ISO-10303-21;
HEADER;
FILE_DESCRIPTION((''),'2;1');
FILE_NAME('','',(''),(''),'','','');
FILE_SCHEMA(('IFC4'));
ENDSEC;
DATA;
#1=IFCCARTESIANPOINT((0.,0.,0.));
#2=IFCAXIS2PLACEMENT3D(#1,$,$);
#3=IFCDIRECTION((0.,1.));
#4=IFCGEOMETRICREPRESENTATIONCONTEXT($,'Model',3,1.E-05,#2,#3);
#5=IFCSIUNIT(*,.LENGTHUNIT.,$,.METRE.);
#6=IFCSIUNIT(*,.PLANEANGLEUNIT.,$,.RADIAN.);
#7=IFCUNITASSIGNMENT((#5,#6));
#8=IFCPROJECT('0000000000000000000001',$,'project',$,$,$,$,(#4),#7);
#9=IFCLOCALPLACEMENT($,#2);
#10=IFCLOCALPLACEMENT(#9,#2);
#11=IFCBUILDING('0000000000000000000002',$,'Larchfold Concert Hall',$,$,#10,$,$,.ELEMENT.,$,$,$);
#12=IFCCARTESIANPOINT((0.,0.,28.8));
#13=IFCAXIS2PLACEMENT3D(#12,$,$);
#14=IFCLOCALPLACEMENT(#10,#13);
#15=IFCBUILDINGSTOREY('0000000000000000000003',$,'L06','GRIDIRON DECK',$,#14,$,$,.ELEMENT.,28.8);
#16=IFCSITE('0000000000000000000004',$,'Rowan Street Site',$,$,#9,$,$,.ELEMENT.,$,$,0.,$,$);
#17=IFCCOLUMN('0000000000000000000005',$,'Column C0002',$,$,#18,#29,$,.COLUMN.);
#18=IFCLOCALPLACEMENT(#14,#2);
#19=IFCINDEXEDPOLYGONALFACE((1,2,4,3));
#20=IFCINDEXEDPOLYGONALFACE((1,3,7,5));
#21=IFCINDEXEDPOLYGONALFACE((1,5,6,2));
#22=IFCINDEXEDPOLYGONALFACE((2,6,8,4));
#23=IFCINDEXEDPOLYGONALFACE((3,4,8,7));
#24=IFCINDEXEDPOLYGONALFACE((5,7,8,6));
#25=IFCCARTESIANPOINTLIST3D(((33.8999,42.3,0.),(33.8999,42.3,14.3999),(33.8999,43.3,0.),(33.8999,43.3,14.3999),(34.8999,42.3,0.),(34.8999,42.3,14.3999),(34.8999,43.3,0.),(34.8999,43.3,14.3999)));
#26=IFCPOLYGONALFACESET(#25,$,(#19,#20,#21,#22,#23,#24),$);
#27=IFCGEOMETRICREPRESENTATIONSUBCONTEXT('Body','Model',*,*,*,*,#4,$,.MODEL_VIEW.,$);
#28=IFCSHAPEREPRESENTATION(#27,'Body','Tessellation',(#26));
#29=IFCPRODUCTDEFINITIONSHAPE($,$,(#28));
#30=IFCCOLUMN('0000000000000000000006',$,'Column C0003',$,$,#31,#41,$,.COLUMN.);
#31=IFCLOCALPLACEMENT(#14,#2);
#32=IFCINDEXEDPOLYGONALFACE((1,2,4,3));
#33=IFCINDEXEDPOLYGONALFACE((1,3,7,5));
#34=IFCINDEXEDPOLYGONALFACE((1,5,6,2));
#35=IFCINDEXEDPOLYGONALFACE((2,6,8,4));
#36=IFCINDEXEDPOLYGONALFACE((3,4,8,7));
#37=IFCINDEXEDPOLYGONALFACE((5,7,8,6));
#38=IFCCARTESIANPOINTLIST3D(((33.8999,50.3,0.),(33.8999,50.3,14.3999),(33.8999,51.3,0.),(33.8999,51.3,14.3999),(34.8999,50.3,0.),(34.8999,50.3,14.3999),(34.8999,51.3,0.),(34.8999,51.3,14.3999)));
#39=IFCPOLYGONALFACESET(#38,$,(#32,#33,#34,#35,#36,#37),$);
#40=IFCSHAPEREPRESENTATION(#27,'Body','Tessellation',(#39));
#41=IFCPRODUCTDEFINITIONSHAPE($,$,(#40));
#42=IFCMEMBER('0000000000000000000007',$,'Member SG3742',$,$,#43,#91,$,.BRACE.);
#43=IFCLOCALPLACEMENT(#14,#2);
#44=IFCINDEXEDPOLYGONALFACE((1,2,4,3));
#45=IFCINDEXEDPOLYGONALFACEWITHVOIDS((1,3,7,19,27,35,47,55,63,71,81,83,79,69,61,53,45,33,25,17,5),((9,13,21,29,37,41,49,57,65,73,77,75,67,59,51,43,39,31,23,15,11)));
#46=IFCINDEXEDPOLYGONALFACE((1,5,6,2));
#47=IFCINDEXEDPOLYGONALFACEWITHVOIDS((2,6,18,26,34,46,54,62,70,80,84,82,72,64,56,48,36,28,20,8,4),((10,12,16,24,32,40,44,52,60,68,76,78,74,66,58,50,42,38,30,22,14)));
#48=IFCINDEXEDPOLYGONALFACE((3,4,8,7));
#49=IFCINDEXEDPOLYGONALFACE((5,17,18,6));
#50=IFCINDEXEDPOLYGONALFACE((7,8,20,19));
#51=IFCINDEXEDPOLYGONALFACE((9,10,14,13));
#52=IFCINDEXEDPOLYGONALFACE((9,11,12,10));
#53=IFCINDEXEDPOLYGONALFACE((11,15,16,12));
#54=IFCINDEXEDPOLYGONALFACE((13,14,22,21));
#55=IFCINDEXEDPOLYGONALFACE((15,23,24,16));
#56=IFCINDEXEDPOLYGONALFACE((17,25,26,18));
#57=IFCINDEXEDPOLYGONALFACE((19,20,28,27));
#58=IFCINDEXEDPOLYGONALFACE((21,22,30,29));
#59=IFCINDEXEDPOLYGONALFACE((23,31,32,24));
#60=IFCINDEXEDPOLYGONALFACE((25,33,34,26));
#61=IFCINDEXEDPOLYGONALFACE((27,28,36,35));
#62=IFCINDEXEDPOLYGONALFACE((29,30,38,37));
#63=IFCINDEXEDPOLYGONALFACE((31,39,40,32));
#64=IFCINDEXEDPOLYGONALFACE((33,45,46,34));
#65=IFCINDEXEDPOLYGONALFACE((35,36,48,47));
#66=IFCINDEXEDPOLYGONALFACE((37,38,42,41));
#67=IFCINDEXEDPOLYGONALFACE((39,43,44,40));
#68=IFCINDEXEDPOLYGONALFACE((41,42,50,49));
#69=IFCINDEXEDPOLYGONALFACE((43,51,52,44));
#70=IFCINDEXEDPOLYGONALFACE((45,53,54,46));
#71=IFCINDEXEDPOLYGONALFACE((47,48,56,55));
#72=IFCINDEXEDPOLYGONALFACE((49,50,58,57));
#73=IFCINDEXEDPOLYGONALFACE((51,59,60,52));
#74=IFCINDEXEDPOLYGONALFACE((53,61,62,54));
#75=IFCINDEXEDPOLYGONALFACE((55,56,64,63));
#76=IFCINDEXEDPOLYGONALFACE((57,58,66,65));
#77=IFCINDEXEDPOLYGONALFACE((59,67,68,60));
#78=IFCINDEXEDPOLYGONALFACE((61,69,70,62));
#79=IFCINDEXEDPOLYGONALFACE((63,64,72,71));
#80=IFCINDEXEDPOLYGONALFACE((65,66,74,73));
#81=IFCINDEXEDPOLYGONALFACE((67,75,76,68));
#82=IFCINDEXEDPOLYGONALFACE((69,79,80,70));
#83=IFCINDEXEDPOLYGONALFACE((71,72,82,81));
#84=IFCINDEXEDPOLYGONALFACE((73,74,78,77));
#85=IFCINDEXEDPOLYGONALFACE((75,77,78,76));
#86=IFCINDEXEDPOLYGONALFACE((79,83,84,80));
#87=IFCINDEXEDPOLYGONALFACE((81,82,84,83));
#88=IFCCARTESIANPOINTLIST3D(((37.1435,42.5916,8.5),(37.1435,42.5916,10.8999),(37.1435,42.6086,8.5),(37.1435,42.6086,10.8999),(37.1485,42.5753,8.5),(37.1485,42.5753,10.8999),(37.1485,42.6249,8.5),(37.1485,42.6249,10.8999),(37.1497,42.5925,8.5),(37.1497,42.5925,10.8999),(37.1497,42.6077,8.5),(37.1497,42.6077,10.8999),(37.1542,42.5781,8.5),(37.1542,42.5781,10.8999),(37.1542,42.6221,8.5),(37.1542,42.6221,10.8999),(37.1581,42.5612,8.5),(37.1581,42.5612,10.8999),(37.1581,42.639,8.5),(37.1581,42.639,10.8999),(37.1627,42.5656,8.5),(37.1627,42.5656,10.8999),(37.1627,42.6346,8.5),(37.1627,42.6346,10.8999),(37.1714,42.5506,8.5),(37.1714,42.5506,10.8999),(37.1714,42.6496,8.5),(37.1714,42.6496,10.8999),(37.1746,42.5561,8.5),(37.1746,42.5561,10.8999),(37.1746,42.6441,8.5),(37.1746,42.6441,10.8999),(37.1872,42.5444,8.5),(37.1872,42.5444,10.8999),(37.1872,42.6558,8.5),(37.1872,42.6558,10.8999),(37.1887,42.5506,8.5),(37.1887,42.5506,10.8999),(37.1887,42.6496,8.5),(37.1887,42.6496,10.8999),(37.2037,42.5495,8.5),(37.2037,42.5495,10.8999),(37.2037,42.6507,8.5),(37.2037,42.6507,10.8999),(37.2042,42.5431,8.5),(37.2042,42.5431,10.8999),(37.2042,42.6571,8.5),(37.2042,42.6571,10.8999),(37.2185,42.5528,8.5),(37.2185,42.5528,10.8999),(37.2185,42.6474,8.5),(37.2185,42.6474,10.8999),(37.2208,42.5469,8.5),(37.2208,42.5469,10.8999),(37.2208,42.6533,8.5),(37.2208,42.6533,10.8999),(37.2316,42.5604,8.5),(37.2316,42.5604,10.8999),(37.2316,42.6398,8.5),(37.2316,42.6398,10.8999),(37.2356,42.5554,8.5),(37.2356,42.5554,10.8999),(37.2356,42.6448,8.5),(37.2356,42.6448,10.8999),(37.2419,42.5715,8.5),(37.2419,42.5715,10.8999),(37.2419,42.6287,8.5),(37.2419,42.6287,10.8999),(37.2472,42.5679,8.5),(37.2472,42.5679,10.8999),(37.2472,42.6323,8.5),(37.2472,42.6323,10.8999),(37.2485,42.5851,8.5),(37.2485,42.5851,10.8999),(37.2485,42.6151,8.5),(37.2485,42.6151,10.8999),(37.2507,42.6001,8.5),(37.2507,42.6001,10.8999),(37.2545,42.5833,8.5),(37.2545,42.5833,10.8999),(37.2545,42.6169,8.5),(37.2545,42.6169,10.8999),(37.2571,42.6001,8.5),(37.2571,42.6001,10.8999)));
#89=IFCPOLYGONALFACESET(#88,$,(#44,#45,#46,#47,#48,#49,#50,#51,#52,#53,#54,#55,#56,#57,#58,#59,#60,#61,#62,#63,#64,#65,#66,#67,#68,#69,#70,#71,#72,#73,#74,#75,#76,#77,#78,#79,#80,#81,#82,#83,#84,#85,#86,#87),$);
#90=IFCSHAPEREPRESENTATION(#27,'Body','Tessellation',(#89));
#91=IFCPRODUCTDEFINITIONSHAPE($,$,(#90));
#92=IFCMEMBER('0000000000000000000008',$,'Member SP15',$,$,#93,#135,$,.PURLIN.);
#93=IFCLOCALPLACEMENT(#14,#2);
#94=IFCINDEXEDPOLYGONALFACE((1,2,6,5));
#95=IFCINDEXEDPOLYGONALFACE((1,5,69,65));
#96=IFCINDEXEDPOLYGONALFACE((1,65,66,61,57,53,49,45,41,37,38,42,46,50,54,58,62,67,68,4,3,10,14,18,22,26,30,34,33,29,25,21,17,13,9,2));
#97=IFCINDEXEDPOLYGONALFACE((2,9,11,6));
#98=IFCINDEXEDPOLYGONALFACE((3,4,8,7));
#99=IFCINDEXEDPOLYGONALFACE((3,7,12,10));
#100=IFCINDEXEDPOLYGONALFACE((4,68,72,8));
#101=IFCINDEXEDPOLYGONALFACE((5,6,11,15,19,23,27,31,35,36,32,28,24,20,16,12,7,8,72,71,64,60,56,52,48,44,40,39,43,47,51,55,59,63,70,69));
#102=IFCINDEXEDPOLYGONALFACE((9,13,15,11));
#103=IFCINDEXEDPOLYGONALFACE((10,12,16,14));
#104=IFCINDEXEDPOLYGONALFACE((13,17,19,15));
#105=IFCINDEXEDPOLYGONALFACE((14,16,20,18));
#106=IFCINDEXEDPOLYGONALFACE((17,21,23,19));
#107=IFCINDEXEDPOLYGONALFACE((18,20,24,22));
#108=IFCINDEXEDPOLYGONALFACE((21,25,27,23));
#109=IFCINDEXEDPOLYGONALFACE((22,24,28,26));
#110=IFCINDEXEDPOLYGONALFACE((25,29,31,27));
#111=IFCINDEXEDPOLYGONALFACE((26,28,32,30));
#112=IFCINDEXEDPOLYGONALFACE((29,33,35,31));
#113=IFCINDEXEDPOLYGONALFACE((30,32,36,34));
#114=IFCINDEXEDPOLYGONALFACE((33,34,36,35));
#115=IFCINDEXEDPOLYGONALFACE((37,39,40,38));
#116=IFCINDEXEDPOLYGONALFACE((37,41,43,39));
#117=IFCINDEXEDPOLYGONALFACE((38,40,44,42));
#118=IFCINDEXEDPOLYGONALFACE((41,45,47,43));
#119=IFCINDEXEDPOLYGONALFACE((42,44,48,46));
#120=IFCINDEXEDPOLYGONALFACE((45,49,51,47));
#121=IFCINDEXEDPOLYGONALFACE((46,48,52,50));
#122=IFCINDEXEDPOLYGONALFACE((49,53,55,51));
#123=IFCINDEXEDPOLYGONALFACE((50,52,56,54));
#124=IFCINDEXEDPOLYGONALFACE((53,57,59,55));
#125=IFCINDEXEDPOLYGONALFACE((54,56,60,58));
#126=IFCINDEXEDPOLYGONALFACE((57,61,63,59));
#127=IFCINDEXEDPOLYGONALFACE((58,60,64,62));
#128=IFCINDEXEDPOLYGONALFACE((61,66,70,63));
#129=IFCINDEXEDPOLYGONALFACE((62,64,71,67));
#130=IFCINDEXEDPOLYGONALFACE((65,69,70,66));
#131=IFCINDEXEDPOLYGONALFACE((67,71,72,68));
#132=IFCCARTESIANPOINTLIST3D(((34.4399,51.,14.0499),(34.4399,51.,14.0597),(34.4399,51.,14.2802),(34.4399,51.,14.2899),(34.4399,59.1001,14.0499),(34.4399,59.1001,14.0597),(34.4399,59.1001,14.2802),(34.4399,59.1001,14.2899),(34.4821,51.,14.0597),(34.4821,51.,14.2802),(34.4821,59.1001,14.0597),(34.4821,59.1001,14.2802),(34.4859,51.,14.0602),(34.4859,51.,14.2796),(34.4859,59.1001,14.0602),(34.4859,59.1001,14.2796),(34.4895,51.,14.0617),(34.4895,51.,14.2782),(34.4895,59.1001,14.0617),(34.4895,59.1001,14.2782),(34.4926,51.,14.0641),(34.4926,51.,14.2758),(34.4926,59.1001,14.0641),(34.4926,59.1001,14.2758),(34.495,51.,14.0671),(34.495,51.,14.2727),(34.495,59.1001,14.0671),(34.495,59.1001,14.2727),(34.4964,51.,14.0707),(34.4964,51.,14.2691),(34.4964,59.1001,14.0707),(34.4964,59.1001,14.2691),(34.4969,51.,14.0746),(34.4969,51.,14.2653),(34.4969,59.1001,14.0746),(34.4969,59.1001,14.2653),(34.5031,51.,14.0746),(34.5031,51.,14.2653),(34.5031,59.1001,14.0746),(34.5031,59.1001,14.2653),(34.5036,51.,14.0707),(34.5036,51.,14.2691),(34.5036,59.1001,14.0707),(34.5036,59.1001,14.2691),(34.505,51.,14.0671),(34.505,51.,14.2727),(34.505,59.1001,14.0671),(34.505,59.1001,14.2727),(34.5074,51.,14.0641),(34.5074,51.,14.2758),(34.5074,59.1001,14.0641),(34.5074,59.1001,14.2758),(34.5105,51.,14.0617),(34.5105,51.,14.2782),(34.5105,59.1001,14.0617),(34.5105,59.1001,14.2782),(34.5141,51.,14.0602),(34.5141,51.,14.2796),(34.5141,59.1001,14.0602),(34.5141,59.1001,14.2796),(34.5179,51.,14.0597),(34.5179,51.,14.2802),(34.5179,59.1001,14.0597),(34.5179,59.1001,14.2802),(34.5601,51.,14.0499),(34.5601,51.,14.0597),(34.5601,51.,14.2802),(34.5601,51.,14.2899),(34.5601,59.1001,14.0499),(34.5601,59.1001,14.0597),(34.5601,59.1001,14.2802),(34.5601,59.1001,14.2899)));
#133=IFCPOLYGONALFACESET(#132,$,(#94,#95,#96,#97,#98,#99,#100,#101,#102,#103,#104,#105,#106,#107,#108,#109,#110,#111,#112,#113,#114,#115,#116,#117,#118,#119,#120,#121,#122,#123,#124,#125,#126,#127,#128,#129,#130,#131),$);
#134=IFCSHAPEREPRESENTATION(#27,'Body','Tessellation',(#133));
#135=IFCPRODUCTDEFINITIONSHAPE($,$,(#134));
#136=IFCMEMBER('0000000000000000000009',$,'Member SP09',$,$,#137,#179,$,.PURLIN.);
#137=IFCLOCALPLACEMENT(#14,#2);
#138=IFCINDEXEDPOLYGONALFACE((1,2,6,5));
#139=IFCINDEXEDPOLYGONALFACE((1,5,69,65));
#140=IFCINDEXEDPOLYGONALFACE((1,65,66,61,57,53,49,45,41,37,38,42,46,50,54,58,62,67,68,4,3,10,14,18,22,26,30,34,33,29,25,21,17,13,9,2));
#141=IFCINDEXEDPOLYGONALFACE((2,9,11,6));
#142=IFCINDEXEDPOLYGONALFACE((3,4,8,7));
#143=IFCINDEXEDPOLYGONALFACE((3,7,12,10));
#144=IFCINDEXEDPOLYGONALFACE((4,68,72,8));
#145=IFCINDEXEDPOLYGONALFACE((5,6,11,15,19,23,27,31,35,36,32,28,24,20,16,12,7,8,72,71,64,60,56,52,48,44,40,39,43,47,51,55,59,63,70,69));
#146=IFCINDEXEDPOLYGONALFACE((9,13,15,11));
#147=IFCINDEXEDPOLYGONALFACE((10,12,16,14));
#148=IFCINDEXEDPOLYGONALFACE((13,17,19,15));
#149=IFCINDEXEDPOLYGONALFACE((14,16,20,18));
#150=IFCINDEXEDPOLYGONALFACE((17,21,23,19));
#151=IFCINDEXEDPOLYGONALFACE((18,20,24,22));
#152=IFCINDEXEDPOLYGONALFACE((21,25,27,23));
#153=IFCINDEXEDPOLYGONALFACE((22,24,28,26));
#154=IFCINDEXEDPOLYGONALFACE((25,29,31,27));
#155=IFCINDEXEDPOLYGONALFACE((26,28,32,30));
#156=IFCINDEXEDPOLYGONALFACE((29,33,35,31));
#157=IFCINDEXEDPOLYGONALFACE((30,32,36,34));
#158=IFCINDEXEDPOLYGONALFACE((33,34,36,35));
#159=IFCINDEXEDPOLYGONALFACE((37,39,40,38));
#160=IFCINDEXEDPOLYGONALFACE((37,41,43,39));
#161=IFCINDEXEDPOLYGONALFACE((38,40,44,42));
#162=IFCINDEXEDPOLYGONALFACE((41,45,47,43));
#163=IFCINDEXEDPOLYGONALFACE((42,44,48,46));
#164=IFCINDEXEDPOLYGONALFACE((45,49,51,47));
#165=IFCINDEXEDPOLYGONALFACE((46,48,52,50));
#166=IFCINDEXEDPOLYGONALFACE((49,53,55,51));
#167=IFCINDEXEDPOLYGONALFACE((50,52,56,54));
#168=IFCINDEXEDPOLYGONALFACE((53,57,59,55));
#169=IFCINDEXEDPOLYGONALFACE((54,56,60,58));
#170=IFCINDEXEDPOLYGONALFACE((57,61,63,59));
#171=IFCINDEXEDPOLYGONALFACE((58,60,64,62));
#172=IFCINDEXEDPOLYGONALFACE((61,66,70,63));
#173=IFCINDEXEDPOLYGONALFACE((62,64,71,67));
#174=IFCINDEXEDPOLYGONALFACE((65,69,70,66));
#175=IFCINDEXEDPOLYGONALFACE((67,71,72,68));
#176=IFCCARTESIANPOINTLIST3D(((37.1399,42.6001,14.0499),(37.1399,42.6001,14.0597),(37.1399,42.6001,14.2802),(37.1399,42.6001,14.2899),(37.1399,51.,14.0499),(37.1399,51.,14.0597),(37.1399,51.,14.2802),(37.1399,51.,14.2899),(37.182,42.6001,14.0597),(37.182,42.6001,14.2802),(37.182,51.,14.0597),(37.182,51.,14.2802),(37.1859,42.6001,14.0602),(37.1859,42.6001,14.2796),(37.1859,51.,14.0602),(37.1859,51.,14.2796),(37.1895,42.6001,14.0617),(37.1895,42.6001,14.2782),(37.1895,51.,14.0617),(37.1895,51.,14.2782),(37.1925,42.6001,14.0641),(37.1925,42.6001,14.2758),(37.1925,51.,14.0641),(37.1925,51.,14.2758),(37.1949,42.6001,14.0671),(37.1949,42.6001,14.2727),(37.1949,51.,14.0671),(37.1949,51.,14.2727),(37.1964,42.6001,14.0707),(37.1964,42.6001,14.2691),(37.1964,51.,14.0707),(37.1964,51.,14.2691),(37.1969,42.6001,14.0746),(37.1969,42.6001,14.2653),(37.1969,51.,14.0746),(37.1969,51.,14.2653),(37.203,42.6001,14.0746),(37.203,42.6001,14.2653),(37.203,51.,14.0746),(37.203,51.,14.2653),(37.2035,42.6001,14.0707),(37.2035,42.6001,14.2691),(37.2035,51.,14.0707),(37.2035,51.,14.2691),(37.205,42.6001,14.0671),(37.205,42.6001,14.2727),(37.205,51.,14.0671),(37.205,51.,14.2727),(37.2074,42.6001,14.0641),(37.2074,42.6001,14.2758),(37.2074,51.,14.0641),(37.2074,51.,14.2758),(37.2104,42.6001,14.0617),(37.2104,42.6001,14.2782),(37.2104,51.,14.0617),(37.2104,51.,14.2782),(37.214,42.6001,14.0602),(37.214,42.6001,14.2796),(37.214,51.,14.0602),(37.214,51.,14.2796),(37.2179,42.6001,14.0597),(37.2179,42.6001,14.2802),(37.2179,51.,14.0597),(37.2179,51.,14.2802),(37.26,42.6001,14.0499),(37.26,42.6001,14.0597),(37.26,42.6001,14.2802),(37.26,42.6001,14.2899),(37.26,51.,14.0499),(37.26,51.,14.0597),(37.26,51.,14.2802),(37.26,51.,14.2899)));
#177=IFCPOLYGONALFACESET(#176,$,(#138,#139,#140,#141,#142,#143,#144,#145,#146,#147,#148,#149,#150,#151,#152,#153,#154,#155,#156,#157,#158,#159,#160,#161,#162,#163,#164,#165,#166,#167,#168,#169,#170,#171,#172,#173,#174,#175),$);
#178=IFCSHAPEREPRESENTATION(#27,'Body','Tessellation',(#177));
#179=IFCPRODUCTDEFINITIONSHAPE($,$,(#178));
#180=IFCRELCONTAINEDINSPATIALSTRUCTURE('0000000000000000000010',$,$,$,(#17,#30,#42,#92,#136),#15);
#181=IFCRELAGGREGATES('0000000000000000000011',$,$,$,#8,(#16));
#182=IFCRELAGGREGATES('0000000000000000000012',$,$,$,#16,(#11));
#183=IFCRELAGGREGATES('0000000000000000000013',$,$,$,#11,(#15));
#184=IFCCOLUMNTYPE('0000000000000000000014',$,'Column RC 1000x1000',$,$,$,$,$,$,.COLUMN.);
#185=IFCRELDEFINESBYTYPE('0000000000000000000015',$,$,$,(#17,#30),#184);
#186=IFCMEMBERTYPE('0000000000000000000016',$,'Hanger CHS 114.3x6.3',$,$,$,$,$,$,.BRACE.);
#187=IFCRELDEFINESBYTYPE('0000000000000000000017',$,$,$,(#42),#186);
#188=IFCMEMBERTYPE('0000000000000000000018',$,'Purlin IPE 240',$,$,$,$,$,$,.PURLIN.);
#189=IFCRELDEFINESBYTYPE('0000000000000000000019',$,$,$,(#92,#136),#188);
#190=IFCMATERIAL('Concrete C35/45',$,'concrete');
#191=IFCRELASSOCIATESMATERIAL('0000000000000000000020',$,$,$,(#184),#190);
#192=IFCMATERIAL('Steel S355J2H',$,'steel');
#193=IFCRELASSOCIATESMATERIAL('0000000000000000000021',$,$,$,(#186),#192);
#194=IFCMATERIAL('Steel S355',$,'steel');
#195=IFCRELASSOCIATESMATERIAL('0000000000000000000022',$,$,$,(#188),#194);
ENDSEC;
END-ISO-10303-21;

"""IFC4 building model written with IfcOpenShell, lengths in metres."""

from ifc_helpers import new_model, si_unit, direction, frame, origin, origin_2d, place, context, subcontext, project, spatial, rectangle, hollow_circle, i_section, extrude, material, material_profile, profile_set, type_object, element, save


model = new_model("IFC4")

# Units and contexts
model_context = context("Model", 3, precision=1e-05, world=origin(), true_north=direction((0.0, 1.0)))
body_context = subcontext(model_context, "Body", "Model", "MODEL_VIEW")
ifc_project = project(units=[si_unit("LENGTHUNIT", "METRE"), si_unit("PLANEANGLEUNIT", "RADIAN")], contexts=[model_context])

# Site, building, storey
site_placement = place(None, origin())
site = spatial("IfcSite", under=ifc_project, at=site_placement, Name="Rowan Street Site", CompositionType="ELEMENT", RefElevation=0.0)
building_placement = place(site_placement, origin())
building = spatial("IfcBuilding", under=site, at=building_placement, Name="Larchfold Concert Hall", CompositionType="ELEMENT")
storey_placement = place(building_placement, frame((0.0, 0.0, 28.8)))
storey = spatial("IfcBuildingStorey", under=building, at=storey_placement, Name="L06", Description="GRIDIRON DECK", CompositionType="ELEMENT", Elevation=28.8)

# Columns
ifc_material_1 = material(Name="Concrete C35/45", Category="concrete")
ifc_material_profile_1 = material_profile(ifc_material_1, rectangle(XDim=1.0, YDim=1.0, at=origin_2d()))
ifc_profile_set_1 = profile_set([ifc_material_profile_1], Name="Concrete C35/45")
column_type = type_object("IfcColumnType", Name="Column RC 1000x1000", PredefinedType="COLUMN", material=ifc_profile_set_1)
for number, where, z_axis, x_axis, name in (
    (1, (34.3999, 42.8, 0.0), (0.0, 0.0, 1.0), (1.0, 0.0, 0.0), "Column C0002"),
    (2, (34.3999, 50.8, 0.0), (0.0, 0.0, 1.0), (1.0, 0.0, 0.0), "Column C0003"),
):
    element("IfcColumn", number, at=place(storey_placement, frame(where, z_axis=z_axis, x_axis=x_axis)), inside=storey, type_object=column_type, Name=name, PredefinedType="COLUMN", context=body_context, shape_type="SweptSolid", body=[
        extrude(rectangle(XDim=1.0, YDim=1.0, at=origin_2d()), origin(), (0.0, 0.0, 1.0), 14.3999),
    ])

# Members
ifc_material_2 = material(Name="Steel S355J2H", Category="steel")
ifc_material_profile_2 = material_profile(ifc_material_2, hollow_circle(Radius=0.0571, WallThickness=0.0063, at=origin_2d()))
ifc_profile_set_2 = profile_set([ifc_material_profile_2], Name="Steel S355J2H")
member_type_1 = type_object("IfcMemberType", Name="Hanger CHS 114.3x6.3", PredefinedType="BRACE", material=ifc_profile_set_2)
member_1_placement = place(storey_placement, frame((37.2, 42.6001, 8.5), z_axis=(0.0, 0.0, 1.0), x_axis=(1.0, 0.0, 0.0)))
element("IfcMember", 3, at=member_1_placement, inside=storey, type_object=member_type_1, Name="Member SG3742", PredefinedType="BRACE", context=body_context, shape_type="SweptSolid", body=[
    extrude(hollow_circle(Radius=0.0571, WallThickness=0.0063, at=origin_2d()), origin(), (0.0, 0.0, 1.0), 2.3999),
])
ifc_material_3 = material(Name="Steel S355", Category="steel")
ifc_material_profile_3 = material_profile(ifc_material_3, i_section(OverallWidth=0.1201, OverallDepth=0.24, WebThickness=0.0061, FlangeThickness=0.0098, FilletRadius=0.0149, at=origin_2d()))
ifc_profile_set_3 = profile_set([ifc_material_profile_3], Name="Steel S355")
member_type_2 = type_object("IfcMemberType", Name="Purlin IPE 240", PredefinedType="PURLIN", material=ifc_profile_set_3)
member_2_placement = place(storey_placement, frame((34.5, 51.0, 14.1699), z_axis=(0.0, 1.0, 0.0), x_axis=(-1.0, 0.0, 0.0)))
element("IfcMember", 4, at=member_2_placement, inside=storey, type_object=member_type_2, Name="Member SP15", PredefinedType="PURLIN", context=body_context, shape_type="SweptSolid", body=[
    extrude(i_section(OverallWidth=0.1201, OverallDepth=0.24, WebThickness=0.0061, FlangeThickness=0.0098, FilletRadius=0.0149, at=origin_2d()), origin(), (0.0, 0.0, 1.0), 8.1001),
])
member_3_placement = place(storey_placement, frame((37.2, 42.6001, 14.1699), z_axis=(0.0, 1.0, 0.0), x_axis=(-1.0, 0.0, 0.0)))
element("IfcMember", 5, at=member_3_placement, inside=storey, type_object=member_type_2, Name="Member SP09", PredefinedType="PURLIN", context=body_context, shape_type="SweptSolid", body=[
    extrude(i_section(OverallWidth=0.1201, OverallDepth=0.24, WebThickness=0.0061, FlangeThickness=0.0098, FilletRadius=0.0149, at=origin_2d()), origin(), (0.0, 0.0, 1.0), 8.3999),
])

save(model, "model.ifc")
